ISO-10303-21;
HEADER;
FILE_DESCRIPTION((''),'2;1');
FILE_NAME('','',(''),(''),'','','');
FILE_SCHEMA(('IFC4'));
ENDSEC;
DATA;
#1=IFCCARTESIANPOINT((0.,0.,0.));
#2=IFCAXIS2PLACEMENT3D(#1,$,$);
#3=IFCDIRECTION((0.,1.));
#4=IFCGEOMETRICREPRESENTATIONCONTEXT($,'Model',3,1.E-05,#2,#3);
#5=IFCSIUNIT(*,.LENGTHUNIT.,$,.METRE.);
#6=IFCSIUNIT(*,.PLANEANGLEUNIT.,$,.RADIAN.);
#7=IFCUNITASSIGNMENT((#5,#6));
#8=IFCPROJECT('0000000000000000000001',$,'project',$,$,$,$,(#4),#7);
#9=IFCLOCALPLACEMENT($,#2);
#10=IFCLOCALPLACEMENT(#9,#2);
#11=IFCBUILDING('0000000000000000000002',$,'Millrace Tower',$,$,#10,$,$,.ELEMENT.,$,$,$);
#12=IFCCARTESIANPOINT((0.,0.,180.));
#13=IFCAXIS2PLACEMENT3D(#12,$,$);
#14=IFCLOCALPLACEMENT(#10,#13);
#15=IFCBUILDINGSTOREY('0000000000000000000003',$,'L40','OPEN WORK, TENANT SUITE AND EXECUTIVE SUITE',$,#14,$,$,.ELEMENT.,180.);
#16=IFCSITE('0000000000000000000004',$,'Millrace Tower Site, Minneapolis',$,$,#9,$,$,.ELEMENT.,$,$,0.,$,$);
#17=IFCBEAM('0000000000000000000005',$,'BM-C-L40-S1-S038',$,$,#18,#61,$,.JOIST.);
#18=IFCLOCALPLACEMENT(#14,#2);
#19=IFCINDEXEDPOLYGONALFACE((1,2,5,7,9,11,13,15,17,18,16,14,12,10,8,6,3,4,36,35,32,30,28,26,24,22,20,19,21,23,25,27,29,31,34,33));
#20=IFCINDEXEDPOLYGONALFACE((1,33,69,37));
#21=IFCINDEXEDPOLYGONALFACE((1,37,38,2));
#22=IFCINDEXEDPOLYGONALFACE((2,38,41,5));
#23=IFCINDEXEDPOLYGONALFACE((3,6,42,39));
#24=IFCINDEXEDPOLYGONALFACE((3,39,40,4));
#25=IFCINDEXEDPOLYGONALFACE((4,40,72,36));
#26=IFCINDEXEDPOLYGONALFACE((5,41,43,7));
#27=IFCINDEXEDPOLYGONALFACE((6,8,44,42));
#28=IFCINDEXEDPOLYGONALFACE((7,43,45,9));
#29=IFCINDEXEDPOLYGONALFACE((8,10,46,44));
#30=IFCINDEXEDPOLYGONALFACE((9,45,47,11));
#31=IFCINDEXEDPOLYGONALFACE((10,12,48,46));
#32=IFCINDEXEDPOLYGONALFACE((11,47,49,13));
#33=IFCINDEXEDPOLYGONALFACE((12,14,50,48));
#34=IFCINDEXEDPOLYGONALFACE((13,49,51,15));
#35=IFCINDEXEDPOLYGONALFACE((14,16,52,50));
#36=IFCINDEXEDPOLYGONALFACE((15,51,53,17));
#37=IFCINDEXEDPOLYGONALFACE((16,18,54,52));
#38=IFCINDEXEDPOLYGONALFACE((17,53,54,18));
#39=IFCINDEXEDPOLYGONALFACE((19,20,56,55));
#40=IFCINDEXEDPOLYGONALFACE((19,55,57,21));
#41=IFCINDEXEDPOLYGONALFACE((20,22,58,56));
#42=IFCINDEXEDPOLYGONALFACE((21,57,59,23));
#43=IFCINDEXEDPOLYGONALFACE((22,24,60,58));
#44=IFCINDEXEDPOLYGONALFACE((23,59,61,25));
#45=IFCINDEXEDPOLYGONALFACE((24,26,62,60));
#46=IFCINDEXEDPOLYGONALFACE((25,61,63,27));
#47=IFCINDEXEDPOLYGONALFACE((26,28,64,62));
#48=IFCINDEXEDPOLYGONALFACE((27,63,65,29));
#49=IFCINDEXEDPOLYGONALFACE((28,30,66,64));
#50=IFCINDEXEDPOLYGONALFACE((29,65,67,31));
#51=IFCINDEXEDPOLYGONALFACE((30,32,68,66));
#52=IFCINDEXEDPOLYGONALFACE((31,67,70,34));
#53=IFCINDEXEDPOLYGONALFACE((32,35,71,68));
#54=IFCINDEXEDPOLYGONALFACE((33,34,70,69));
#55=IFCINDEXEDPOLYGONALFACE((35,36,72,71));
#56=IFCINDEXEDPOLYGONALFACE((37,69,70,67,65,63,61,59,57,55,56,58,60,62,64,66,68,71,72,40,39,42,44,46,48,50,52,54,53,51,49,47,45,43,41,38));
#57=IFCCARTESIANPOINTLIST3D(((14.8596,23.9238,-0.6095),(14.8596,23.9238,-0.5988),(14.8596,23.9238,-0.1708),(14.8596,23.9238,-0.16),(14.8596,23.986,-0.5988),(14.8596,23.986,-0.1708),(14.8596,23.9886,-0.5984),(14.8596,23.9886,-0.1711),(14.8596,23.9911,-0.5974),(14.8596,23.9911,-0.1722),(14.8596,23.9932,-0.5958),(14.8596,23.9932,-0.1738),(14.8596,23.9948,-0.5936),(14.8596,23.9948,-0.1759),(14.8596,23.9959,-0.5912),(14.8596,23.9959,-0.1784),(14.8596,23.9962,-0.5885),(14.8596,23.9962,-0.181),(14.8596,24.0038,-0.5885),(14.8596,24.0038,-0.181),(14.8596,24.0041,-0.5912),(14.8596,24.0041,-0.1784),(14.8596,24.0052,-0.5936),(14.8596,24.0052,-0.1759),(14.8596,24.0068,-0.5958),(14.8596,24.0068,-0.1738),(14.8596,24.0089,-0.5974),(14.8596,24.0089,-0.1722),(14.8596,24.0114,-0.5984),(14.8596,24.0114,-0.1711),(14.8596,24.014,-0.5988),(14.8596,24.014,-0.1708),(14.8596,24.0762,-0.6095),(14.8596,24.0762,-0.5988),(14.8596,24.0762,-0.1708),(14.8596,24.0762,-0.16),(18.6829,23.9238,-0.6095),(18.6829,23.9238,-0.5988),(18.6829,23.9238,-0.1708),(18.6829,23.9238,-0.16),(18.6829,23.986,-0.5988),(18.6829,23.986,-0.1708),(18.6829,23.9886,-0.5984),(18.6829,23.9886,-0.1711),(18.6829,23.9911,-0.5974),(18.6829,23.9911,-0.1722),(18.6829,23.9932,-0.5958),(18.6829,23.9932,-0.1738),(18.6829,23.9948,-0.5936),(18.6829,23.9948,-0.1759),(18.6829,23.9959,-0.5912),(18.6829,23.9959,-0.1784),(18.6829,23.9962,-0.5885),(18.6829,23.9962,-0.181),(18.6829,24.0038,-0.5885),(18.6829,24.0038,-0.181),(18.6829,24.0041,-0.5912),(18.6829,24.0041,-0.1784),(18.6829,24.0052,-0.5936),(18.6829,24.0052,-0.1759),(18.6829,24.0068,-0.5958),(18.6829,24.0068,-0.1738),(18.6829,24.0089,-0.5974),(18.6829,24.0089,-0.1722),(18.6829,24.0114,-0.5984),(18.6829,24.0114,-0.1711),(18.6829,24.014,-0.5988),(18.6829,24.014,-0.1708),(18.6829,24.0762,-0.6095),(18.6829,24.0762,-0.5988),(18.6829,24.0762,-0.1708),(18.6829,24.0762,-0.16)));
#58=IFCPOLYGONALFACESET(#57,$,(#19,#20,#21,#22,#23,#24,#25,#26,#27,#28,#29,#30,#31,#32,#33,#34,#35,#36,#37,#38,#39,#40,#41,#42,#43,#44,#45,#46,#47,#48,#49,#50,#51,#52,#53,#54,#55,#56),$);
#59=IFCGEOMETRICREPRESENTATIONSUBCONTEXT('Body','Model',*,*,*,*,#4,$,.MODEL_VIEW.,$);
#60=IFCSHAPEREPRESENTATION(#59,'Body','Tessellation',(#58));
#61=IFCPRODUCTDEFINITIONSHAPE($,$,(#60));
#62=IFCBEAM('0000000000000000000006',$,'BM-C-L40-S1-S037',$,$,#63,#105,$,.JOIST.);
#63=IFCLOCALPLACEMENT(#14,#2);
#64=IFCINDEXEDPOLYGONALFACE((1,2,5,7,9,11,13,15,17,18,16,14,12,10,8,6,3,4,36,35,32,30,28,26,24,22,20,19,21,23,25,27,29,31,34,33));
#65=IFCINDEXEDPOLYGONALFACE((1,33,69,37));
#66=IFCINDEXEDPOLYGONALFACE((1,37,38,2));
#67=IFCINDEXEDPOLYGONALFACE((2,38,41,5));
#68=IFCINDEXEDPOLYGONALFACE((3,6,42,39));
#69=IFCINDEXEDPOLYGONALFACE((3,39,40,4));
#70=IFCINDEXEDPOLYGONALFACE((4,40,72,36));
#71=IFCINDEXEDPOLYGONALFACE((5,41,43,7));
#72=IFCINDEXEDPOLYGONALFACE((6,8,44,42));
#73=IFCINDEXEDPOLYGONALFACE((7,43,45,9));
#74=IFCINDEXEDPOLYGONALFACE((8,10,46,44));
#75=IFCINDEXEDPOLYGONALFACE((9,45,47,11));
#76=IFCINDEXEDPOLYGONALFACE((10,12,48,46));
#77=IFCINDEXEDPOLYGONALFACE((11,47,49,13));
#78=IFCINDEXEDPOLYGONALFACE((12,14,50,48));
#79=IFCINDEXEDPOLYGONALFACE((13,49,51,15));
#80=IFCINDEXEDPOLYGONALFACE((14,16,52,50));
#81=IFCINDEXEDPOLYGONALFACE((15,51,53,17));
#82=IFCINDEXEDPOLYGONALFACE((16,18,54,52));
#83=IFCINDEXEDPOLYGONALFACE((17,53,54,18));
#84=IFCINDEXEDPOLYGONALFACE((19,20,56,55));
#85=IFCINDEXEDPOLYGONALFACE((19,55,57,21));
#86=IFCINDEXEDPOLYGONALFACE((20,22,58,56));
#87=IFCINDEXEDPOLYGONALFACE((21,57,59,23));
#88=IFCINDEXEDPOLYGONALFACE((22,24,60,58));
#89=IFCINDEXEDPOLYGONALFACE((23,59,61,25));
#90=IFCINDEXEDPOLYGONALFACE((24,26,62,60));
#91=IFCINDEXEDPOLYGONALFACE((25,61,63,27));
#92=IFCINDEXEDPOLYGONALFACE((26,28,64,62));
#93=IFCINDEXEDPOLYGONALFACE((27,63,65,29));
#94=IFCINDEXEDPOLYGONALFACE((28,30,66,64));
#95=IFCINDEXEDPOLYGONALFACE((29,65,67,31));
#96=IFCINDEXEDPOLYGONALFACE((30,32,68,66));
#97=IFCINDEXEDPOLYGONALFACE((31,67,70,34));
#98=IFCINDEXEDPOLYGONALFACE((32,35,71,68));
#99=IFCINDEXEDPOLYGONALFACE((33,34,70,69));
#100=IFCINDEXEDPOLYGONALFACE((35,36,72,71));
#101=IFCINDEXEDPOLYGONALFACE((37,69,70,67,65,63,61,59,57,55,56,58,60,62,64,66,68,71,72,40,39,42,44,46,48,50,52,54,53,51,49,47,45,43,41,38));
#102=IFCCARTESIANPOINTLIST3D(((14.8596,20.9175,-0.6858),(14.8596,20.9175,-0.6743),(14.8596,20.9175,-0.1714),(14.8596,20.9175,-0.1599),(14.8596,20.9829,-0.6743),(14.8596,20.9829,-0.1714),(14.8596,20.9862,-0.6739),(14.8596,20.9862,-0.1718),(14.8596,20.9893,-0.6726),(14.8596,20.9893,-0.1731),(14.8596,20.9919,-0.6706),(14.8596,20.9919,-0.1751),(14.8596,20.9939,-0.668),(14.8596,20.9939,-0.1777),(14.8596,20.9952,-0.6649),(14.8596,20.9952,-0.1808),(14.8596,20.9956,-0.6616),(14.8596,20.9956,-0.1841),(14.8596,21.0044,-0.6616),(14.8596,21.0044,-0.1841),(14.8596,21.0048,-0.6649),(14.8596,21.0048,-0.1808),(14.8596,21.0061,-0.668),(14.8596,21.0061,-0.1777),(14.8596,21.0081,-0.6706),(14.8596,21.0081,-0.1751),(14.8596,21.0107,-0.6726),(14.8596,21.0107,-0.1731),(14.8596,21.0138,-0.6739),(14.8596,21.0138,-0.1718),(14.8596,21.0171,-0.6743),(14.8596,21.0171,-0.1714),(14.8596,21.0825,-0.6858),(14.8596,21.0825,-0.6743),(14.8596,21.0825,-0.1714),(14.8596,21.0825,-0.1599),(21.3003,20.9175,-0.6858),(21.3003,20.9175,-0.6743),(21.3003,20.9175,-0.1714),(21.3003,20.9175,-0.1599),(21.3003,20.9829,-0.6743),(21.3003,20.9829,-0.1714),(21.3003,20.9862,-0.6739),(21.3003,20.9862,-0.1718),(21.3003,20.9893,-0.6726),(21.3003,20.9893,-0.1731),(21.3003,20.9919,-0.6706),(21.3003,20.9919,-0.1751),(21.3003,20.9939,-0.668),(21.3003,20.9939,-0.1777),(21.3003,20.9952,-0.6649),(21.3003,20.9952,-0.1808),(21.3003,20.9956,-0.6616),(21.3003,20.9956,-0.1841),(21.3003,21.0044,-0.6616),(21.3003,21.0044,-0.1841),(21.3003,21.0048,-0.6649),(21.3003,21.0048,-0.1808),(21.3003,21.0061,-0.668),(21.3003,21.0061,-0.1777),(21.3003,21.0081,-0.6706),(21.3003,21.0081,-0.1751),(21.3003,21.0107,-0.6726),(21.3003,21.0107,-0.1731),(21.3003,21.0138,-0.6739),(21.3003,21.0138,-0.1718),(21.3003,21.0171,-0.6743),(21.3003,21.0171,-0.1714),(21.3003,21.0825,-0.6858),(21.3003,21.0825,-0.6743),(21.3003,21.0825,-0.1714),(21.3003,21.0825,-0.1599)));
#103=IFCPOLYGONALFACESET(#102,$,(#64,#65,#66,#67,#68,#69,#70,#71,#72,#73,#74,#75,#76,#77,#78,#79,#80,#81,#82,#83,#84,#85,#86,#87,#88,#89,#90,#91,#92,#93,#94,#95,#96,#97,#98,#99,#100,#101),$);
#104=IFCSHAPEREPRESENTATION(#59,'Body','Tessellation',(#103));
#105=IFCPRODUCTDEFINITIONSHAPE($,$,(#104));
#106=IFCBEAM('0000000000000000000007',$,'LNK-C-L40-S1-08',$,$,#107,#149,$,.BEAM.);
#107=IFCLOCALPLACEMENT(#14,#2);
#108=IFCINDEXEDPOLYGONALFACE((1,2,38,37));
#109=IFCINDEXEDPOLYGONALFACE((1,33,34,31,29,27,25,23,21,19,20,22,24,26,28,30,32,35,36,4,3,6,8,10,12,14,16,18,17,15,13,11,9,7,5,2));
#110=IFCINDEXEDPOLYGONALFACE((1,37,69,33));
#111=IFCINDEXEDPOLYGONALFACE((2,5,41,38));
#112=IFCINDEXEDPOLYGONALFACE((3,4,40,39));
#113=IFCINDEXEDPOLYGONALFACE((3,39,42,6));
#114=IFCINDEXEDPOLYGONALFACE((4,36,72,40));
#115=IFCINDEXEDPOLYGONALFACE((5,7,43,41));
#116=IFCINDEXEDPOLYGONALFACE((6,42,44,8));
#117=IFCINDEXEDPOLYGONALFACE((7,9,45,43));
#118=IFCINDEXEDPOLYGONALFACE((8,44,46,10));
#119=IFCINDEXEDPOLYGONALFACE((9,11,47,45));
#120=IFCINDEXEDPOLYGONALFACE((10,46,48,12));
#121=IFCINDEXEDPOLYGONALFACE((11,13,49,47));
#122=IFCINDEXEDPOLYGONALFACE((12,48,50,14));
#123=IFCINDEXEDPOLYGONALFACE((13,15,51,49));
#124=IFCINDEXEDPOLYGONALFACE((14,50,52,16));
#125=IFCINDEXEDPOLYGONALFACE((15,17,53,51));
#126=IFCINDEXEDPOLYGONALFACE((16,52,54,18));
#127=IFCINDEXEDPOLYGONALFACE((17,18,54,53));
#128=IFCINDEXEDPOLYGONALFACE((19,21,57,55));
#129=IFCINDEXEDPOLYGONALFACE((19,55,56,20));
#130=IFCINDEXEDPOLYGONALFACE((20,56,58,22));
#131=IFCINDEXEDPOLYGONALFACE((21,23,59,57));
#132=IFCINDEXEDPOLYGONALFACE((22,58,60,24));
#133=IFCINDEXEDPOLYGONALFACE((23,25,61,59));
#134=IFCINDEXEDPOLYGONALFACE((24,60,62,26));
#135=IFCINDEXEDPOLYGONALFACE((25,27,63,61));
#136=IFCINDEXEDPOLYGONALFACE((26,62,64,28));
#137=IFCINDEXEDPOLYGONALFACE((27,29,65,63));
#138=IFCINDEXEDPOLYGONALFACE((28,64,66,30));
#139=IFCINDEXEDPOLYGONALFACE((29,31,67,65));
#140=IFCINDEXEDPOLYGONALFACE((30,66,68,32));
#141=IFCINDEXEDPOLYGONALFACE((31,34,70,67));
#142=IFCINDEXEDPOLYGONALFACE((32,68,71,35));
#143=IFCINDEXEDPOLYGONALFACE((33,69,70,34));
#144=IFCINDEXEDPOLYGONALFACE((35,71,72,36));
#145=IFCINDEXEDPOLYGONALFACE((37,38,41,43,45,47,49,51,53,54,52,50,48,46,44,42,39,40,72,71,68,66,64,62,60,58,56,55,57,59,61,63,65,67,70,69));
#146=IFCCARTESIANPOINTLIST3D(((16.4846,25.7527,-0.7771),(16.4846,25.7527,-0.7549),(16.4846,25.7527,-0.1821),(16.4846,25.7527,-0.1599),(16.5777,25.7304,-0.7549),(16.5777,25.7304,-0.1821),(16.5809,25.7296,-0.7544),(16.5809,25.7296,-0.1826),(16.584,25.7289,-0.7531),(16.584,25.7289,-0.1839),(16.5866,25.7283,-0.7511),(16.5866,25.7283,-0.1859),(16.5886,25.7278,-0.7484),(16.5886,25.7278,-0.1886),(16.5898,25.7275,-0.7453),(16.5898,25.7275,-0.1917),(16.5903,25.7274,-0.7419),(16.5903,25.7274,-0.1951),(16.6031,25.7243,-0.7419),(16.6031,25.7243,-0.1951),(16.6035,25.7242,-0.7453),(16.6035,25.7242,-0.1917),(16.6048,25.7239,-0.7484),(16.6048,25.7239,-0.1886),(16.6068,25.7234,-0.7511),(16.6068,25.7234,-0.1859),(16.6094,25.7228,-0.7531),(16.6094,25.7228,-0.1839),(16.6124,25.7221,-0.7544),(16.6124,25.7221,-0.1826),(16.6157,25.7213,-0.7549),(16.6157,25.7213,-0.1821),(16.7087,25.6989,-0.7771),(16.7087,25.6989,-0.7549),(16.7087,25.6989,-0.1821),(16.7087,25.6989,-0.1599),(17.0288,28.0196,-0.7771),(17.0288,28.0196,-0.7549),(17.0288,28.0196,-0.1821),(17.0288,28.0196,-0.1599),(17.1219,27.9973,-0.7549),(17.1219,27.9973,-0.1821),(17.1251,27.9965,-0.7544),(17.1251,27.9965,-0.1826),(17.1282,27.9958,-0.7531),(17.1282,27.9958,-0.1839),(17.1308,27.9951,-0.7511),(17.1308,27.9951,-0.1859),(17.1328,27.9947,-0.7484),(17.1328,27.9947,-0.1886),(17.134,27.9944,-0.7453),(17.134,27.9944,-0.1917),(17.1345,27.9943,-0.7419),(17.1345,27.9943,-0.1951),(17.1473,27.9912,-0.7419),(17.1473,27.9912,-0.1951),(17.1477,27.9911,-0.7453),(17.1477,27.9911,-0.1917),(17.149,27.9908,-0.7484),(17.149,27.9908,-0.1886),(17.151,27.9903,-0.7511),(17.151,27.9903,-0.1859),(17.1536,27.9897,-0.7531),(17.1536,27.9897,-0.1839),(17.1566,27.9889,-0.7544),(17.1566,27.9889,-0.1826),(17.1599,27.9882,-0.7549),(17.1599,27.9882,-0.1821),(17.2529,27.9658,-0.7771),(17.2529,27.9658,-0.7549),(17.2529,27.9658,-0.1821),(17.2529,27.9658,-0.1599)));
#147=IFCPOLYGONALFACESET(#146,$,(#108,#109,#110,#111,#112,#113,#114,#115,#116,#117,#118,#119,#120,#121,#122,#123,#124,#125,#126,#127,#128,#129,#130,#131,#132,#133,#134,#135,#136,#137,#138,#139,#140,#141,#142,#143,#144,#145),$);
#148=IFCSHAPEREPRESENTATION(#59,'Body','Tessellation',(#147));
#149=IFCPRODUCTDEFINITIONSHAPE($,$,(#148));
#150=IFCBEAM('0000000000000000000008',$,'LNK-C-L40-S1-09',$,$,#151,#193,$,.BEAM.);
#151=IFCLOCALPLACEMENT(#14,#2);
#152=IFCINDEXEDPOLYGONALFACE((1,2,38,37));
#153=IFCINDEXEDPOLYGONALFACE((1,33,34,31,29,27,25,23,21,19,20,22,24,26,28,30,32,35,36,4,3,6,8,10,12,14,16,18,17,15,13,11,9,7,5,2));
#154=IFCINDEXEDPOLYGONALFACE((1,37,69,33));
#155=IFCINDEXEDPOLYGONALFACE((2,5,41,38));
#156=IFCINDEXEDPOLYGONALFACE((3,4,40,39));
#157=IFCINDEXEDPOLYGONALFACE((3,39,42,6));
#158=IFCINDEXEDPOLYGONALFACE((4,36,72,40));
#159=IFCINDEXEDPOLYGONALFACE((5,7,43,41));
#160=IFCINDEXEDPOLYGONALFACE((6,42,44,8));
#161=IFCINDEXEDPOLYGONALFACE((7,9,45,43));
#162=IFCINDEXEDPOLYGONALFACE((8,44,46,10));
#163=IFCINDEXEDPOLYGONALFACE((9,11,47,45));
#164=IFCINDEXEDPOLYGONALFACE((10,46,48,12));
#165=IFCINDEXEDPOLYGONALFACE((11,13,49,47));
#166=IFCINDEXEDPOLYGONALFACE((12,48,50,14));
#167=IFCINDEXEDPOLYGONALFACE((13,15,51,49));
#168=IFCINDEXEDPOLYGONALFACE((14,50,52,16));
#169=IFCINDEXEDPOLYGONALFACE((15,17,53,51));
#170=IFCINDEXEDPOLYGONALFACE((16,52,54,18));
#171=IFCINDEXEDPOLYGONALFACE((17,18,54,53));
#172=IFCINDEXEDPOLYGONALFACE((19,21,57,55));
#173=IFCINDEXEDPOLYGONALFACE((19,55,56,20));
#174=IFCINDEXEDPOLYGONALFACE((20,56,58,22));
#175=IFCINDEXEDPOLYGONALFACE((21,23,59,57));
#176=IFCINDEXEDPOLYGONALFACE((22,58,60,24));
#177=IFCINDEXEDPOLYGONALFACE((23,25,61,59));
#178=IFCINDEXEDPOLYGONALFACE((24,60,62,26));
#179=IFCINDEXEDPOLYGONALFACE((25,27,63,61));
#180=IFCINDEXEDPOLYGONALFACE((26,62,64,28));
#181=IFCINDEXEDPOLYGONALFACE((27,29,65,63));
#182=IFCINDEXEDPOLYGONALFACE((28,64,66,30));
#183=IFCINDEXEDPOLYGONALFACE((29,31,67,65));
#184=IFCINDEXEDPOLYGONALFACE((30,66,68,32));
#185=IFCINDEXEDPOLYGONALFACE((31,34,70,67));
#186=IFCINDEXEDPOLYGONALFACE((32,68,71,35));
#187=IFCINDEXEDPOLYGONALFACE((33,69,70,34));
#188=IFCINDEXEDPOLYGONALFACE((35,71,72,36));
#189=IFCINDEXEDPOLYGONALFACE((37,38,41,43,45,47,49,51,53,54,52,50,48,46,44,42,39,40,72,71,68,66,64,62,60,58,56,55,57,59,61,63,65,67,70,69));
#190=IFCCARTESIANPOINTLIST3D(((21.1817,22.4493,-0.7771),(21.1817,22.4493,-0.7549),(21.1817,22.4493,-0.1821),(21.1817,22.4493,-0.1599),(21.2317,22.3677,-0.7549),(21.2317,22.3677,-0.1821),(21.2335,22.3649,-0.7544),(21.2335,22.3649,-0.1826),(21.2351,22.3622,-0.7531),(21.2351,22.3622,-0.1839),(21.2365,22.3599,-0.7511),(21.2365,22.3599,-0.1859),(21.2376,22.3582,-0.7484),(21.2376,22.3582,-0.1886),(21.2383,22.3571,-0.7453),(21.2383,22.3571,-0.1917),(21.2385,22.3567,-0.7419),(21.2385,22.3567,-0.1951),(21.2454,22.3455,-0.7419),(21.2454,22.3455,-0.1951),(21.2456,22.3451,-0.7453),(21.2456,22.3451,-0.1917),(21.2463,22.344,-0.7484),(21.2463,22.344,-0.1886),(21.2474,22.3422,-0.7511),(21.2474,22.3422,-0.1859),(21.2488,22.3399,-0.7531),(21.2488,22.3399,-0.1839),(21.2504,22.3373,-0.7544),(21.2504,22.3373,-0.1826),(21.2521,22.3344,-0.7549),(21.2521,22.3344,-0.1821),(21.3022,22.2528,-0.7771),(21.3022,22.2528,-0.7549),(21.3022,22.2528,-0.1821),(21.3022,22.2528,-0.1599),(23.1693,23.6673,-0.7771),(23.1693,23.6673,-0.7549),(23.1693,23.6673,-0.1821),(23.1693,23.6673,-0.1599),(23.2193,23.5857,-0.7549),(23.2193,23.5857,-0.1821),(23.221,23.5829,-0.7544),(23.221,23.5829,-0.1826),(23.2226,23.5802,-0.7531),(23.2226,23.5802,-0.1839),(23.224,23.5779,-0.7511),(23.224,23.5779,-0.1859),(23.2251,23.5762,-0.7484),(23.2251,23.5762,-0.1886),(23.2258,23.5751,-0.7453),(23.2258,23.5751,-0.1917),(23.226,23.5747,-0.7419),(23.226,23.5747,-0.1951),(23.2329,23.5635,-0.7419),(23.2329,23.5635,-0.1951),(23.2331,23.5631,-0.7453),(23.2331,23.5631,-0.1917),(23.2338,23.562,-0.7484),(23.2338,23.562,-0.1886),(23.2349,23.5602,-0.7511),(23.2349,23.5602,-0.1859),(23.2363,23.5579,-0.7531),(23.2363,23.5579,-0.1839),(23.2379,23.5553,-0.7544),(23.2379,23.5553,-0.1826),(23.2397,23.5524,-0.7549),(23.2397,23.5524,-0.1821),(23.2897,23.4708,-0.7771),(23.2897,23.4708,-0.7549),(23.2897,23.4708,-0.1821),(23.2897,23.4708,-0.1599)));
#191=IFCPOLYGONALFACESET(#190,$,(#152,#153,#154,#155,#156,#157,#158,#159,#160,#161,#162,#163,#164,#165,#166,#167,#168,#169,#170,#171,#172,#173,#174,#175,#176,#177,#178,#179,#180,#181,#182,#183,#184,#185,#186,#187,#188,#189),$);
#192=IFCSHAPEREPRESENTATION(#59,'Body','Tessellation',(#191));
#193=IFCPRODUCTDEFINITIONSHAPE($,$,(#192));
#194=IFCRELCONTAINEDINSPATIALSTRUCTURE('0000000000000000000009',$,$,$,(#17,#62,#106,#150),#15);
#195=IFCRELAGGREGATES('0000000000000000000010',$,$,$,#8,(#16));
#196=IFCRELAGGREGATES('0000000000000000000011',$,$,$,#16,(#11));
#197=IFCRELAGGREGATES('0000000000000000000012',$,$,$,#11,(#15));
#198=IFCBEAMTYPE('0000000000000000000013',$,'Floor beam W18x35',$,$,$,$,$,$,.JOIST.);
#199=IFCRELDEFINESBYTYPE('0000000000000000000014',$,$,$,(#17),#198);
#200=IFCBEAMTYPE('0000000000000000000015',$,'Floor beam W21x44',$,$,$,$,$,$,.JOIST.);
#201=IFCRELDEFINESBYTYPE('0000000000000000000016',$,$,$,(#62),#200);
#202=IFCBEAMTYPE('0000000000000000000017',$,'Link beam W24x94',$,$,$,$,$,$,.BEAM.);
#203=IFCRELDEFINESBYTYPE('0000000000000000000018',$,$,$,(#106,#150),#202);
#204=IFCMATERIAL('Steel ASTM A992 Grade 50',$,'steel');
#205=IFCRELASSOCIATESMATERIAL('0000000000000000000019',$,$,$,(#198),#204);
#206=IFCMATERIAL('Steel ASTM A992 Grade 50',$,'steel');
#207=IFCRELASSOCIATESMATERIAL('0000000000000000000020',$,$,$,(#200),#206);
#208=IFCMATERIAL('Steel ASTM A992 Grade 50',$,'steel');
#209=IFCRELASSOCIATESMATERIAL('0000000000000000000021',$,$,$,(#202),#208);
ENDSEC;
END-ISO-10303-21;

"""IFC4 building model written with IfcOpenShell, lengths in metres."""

from ifc_helpers import new_model, si_unit, direction, frame, origin, origin_2d, place, context, subcontext, project, spatial, i_section, extrude, material, material_profile, profile_set, type_object, element, save


model = new_model("IFC4")

# Units and contexts
model_context = context("Model", 3, precision=1e-05, world=origin(), true_north=direction((0.0, 1.0)))
body_context = subcontext(model_context, "Body", "Model", "MODEL_VIEW")
ifc_project = project(units=[si_unit("LENGTHUNIT", "METRE"), si_unit("PLANEANGLEUNIT", "RADIAN")], contexts=[model_context])

# Site, building, storey
site_placement = place(None, origin())
site = spatial("IfcSite", under=ifc_project, at=site_placement, Name="Millrace Tower Site, Minneapolis", CompositionType="ELEMENT", RefElevation=0.0)
building_placement = place(site_placement, origin())
building = spatial("IfcBuilding", under=site, at=building_placement, Name="Millrace Tower", CompositionType="ELEMENT")
storey_placement = place(building_placement, frame((0.0, 0.0, 180.0)))
storey = spatial("IfcBuildingStorey", under=building, at=storey_placement, Name="L40", Description="OPEN WORK, TENANT SUITE AND EXECUTIVE SUITE", CompositionType="ELEMENT", Elevation=180.0)

# Beams
ifc_material_1 = material(Name="Steel ASTM A992 Grade 50", Category="steel")
ifc_material_profile_1 = material_profile(ifc_material_1, i_section(OverallWidth=0.1523, OverallDepth=0.4495, WebThickness=0.0076, FlangeThickness=0.0107, FilletRadius=0.0103, at=origin_2d()))
ifc_profile_set_1 = profile_set([ifc_material_profile_1], Name="Steel ASTM A992 Grade 50")
beam_type_1 = type_object("IfcBeamType", Name="Floor beam W18x35", PredefinedType="JOIST", material=ifc_profile_set_1)
beam_1_placement = place(storey_placement, frame((14.8596, 24.0, -0.3848), z_axis=(1.0, 0.0, 0.0), x_axis=(0.0, 1.0, 0.0)))
element("IfcBeam", 1, at=beam_1_placement, inside=storey, type_object=beam_type_1, Name="BM-C-L40-S1-S038", PredefinedType="JOIST", context=body_context, shape_type="SweptSolid", body=[
    extrude(i_section(OverallWidth=0.1523, OverallDepth=0.4495, WebThickness=0.0076, FlangeThickness=0.0107, FilletRadius=0.0103, at=origin_2d()), origin(), (0.0, 0.0, 1.0), 3.8232),
])
ifc_material_2 = material(Name="Steel ASTM A992 Grade 50", Category="steel")
ifc_material_profile_2 = material_profile(ifc_material_2, i_section(OverallWidth=0.165, OverallDepth=0.5259, WebThickness=0.0088, FlangeThickness=0.0115, FilletRadius=0.0127, at=origin_2d()))
ifc_profile_set_2 = profile_set([ifc_material_profile_2], Name="Steel ASTM A992 Grade 50")
beam_type_2 = type_object("IfcBeamType", Name="Floor beam W21x44", PredefinedType="JOIST", material=ifc_profile_set_2)
beam_2_placement = place(storey_placement, frame((14.8596, 21.0, -0.4229), z_axis=(1.0, 0.0, 0.0), x_axis=(0.0, 1.0, 0.0)))
element("IfcBeam", 2, at=beam_2_placement, inside=storey, type_object=beam_type_2, Name="BM-C-L40-S1-S037", PredefinedType="JOIST", context=body_context, shape_type="SweptSolid", body=[
    extrude(i_section(OverallWidth=0.165, OverallDepth=0.5259, WebThickness=0.0088, FlangeThickness=0.0115, FilletRadius=0.0127, at=origin_2d()), origin(), (0.0, 0.0, 1.0), 6.4407),
])
ifc_material_3 = material(Name="Steel ASTM A992 Grade 50", Category="steel")
ifc_material_profile_3 = material_profile(ifc_material_3, i_section(OverallWidth=0.2305, OverallDepth=0.6172, WebThickness=0.0132, FlangeThickness=0.0222, FilletRadius=0.0129, at=origin_2d()))
ifc_profile_set_3 = profile_set([ifc_material_profile_3], Name="Steel ASTM A992 Grade 50")
beam_type_3 = type_object("IfcBeamType", Name="Link beam W24x94", PredefinedType="BEAM", material=ifc_profile_set_3)
beam_3_placement = place(storey_placement, frame((16.5967, 25.7258, -0.4685), z_axis=(0.233432, 0.972373, 0.0), x_axis=(-0.972373, 0.233432, 0.0)))
element("IfcBeam", 3, at=beam_3_placement, inside=storey, type_object=beam_type_3, Name="LNK-C-L40-S1-08", PredefinedType="BEAM", context=body_context, shape_type="SweptSolid", body=[
    extrude(i_section(OverallWidth=0.2305, OverallDepth=0.6172, WebThickness=0.0132, FlangeThickness=0.0222, FilletRadius=0.0129, at=origin_2d()), origin(), (0.0, 0.0, 1.0), 2.3313),
])
beam_4_placement = place(storey_placement, frame((21.2419, 22.3511, -0.4685), z_axis=(0.852631, 0.522513, 0.0), x_axis=(-0.522513, 0.852631, 0.0)))
element("IfcBeam", 4, at=beam_4_placement, inside=storey, type_object=beam_type_3, Name="LNK-C-L40-S1-09", PredefinedType="BEAM", context=body_context, shape_type="SweptSolid", body=[
    extrude(i_section(OverallWidth=0.2305, OverallDepth=0.6172, WebThickness=0.0132, FlangeThickness=0.0222, FilletRadius=0.0129, at=origin_2d()), origin(), (0.0, 0.0, 1.0), 2.3311),
])

save(model, "model.ifc")
